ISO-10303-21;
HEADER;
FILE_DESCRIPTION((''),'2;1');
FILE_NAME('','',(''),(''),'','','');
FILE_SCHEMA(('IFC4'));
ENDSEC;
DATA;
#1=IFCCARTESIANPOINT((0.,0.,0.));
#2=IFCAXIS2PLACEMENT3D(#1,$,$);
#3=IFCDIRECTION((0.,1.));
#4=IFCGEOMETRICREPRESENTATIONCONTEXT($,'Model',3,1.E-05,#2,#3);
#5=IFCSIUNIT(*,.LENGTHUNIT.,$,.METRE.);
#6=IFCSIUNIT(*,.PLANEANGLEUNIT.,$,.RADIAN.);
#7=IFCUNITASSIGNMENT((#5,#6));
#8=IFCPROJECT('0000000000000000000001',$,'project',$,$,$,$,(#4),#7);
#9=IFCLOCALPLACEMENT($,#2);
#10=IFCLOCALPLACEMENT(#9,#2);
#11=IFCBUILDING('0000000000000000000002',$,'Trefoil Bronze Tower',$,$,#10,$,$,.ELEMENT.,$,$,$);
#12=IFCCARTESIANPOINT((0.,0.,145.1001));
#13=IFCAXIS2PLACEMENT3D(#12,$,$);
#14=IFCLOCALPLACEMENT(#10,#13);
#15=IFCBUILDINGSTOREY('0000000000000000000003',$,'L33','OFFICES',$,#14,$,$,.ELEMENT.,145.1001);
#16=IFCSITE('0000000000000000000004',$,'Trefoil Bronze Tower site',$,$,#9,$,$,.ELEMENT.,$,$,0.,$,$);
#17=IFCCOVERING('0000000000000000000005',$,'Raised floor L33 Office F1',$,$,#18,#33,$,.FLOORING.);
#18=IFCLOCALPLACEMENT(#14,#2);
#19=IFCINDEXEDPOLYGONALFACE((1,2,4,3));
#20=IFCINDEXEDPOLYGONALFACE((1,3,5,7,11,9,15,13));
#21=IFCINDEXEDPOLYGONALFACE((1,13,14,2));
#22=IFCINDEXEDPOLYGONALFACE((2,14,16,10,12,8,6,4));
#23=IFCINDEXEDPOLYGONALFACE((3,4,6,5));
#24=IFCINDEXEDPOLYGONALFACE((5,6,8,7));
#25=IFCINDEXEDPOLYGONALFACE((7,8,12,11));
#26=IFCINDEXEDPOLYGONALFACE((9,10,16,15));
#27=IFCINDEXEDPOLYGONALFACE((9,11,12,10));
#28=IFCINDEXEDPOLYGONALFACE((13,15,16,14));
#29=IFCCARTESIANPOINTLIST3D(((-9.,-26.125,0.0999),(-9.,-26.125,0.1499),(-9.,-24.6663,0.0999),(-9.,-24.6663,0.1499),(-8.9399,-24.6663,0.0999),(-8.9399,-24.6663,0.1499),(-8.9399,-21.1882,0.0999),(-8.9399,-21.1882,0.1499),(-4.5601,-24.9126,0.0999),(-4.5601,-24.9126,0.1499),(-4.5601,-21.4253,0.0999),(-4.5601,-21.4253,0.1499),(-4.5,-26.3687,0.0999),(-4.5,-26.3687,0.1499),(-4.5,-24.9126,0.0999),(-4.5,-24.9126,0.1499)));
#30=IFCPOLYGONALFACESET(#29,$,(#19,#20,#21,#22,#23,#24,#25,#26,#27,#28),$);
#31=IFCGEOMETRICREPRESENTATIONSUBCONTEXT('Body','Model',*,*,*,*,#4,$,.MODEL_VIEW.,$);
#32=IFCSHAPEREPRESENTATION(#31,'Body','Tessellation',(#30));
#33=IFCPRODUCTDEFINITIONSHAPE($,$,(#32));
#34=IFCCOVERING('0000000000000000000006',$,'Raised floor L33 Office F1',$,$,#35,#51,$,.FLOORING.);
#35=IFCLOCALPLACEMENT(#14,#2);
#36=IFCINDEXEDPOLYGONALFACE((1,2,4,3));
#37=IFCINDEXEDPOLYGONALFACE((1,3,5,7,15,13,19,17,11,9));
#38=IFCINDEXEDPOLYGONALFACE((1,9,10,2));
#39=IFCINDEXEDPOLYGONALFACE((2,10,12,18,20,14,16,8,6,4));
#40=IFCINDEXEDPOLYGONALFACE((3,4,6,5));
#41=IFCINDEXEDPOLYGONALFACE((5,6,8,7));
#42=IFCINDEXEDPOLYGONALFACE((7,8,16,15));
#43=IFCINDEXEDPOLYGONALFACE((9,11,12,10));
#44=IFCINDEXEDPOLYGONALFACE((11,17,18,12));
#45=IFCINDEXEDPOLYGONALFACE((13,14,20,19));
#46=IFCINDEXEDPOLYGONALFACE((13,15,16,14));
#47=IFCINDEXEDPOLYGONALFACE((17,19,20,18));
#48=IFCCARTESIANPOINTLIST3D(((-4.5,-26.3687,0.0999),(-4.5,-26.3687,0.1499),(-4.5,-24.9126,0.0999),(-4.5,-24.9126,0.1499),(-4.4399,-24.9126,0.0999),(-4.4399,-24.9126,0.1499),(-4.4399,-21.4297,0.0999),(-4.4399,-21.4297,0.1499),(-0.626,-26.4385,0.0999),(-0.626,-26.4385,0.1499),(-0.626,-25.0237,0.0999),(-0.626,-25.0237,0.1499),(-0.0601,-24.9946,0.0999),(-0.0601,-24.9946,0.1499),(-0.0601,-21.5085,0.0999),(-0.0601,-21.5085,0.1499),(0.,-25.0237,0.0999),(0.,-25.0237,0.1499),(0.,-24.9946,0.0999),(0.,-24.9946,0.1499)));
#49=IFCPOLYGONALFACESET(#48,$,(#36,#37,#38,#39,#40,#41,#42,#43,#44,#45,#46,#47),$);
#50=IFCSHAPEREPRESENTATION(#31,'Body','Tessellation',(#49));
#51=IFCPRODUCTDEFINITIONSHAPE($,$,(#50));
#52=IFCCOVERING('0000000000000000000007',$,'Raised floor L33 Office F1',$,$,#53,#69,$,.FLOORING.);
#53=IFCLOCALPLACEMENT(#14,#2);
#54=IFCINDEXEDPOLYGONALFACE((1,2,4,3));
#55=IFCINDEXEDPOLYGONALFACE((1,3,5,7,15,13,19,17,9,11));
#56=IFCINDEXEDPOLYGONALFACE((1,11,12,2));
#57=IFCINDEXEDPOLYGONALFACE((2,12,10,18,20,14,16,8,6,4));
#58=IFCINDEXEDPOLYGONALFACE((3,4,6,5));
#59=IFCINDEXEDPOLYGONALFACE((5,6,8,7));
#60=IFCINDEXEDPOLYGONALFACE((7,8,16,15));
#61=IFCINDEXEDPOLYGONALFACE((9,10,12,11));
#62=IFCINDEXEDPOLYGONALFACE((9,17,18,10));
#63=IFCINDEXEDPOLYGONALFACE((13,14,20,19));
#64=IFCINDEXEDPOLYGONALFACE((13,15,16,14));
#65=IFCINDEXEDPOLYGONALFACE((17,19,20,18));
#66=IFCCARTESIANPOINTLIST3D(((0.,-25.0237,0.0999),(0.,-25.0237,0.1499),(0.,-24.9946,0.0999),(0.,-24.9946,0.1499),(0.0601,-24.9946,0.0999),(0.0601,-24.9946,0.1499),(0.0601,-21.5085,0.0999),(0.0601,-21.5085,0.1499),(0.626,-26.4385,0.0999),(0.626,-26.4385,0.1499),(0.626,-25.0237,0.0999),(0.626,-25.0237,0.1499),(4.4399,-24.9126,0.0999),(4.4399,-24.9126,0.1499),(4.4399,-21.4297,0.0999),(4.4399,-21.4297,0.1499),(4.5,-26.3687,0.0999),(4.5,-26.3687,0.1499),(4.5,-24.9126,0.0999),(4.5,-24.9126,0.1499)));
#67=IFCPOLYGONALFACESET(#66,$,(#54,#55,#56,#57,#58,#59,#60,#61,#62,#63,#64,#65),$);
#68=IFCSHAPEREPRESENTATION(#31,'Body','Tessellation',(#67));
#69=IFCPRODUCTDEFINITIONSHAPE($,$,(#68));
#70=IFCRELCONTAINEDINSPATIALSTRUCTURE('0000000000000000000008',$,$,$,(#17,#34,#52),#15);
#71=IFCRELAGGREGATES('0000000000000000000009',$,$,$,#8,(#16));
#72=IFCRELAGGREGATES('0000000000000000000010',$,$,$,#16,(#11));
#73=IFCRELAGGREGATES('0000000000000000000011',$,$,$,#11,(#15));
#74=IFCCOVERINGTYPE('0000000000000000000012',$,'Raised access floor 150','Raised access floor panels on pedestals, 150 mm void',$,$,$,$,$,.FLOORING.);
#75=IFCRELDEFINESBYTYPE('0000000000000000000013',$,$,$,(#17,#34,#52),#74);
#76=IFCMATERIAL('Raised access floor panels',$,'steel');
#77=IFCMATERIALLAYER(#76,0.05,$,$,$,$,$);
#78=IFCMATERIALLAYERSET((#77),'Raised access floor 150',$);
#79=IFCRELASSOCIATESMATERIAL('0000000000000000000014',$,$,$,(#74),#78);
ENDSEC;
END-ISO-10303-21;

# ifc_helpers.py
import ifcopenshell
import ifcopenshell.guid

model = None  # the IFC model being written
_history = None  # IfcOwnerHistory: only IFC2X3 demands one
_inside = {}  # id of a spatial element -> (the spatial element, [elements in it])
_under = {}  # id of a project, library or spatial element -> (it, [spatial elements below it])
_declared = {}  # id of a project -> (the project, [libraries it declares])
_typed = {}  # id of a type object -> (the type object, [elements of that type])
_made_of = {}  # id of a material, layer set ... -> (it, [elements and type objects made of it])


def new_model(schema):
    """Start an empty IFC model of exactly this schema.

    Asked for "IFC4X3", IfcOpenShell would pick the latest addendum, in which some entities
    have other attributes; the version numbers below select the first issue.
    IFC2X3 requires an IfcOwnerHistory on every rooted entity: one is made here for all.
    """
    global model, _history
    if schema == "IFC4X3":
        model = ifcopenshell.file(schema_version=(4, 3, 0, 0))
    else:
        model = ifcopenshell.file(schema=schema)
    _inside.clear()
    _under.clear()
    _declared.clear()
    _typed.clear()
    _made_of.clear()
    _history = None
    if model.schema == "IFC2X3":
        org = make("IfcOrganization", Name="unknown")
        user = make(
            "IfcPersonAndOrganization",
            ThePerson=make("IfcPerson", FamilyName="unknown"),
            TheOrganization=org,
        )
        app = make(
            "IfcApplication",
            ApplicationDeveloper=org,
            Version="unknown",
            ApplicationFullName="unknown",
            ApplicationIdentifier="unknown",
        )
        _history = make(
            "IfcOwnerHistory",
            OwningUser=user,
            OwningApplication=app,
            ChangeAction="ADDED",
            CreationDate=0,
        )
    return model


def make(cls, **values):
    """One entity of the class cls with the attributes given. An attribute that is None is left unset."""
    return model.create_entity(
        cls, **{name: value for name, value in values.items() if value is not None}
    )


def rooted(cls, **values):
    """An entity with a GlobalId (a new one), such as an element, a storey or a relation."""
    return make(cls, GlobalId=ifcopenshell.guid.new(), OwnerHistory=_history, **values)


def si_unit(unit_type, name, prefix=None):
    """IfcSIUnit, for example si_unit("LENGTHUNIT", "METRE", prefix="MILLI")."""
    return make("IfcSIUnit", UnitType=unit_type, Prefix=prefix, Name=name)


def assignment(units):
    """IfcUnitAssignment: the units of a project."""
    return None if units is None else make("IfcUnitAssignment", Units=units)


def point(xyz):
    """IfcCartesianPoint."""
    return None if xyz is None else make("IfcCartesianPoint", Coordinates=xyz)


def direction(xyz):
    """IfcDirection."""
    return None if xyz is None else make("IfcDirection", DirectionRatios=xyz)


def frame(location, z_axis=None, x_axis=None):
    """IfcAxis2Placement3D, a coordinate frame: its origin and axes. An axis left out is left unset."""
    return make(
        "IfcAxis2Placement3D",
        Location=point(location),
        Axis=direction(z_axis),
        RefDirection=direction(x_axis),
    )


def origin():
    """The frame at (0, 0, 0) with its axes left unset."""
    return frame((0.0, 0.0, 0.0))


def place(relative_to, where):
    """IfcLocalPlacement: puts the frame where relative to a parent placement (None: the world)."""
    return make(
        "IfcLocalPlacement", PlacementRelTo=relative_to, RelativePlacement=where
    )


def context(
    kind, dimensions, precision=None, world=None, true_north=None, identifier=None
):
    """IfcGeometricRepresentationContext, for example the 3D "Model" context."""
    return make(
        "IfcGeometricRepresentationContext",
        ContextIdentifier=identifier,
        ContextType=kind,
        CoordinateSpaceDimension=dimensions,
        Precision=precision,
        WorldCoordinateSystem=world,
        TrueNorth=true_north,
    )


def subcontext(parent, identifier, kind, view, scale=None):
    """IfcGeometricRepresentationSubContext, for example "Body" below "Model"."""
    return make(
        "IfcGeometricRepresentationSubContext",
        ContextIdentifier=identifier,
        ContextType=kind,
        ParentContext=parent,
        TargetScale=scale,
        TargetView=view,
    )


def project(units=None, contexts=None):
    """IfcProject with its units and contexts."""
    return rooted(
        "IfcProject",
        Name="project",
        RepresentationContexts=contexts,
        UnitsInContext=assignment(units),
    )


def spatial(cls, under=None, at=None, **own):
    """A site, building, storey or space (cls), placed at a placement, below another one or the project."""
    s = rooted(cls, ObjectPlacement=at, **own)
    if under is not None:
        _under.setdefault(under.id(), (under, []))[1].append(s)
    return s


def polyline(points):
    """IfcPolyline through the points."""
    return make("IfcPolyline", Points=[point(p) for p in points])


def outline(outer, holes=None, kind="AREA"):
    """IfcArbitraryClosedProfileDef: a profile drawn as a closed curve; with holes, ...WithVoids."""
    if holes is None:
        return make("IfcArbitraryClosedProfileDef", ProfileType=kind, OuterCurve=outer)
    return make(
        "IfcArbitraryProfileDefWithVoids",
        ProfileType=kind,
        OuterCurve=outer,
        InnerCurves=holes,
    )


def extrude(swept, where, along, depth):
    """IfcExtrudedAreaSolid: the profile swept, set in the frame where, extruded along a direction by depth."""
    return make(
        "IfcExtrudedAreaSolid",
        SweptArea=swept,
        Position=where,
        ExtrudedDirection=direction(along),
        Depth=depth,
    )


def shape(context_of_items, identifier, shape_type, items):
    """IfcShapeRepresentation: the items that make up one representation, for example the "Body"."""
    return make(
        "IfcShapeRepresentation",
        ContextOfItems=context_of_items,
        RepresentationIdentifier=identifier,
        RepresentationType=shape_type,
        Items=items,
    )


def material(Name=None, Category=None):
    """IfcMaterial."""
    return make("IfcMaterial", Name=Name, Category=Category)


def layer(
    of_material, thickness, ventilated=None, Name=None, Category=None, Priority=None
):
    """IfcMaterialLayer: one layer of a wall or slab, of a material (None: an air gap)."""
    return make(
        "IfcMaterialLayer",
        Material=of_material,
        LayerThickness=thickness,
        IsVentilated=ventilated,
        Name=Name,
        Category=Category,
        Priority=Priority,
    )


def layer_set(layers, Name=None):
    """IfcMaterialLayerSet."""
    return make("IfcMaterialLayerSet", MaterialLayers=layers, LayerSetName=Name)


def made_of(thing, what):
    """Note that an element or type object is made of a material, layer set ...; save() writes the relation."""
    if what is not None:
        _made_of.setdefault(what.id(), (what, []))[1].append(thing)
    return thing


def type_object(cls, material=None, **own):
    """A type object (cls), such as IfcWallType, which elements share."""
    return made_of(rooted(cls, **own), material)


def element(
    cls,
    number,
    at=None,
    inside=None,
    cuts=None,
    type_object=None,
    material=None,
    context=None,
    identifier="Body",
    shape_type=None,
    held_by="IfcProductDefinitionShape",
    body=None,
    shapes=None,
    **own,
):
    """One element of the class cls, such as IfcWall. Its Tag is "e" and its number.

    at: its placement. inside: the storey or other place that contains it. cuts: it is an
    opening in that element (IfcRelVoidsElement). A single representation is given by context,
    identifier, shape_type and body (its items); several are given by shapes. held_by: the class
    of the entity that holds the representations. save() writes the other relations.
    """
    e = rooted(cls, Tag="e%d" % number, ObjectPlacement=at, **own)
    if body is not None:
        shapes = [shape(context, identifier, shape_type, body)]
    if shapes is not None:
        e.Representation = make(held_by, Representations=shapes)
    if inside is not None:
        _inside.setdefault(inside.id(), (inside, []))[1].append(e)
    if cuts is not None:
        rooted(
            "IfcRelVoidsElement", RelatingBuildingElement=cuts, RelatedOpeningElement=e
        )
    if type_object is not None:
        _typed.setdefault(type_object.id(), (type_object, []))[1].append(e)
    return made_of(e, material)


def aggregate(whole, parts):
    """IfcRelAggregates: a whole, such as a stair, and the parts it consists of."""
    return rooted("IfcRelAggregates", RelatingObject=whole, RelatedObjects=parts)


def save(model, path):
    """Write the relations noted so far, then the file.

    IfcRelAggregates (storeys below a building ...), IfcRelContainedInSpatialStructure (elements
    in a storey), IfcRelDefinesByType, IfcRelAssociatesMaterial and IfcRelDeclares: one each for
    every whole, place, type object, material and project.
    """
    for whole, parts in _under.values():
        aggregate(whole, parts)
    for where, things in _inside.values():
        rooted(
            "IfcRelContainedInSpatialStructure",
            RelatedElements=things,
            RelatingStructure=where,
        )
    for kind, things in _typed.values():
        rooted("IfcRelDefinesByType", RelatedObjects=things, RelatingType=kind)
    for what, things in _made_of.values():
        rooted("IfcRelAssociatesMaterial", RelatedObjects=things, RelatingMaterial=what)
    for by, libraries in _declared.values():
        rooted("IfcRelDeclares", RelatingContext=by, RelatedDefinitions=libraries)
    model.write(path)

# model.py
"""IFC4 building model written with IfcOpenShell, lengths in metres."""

from ifc_helpers import new_model, si_unit, direction, frame, origin, place, context, subcontext, project, spatial, polyline, outline, extrude, material, layer, layer_set, type_object, element, save


model = new_model("IFC4")

# Units and contexts
model_context = context("Model", 3, precision=1e-05, world=origin(), true_north=direction((0.0, 1.0)))
body_context = subcontext(model_context, "Body", "Model", "MODEL_VIEW")
ifc_project = project(units=[si_unit("LENGTHUNIT", "METRE"), si_unit("PLANEANGLEUNIT", "RADIAN")], contexts=[model_context])

# Site, building, storey
site_placement = place(None, origin())
site = spatial("IfcSite", under=ifc_project, at=site_placement, Name="Trefoil Bronze Tower site", CompositionType="ELEMENT", RefElevation=0.0)
building_placement = place(site_placement, origin())
building = spatial("IfcBuilding", under=site, at=building_placement, Name="Trefoil Bronze Tower", CompositionType="ELEMENT")
storey_placement = place(building_placement, frame((0.0, 0.0, 145.1001)))
storey = spatial("IfcBuildingStorey", under=building, at=storey_placement, Name="L33", Description="OFFICES", CompositionType="ELEMENT", Elevation=145.1001)

# Coverings
ifc_material_1 = material(Name="Raised access floor panels", Category="steel")
ifc_layer_1 = layer(ifc_material_1, 0.05)
ifc_layer_set_1 = layer_set([ifc_layer_1], Name="Raised access floor 150")
covering_type_1 = type_object("IfcCoveringType", Name="Raised access floor 150", Description="Raised access floor panels on pedestals, 150 mm void", PredefinedType="FLOORING", material=ifc_layer_set_1)
covering_1_placement = place(storey_placement, frame((0.0, 0.0, 0.0999)))
element("IfcCovering", 1, at=covering_1_placement, inside=storey, type_object=covering_type_1, Name="Raised floor L33 Office F1", PredefinedType="FLOORING", context=body_context, shape_type="SweptSolid", body=[
    extrude(outline(polyline([(-9.0, -24.6663), (-8.9399, -24.6663), (-8.9399, -21.1882), (-4.5601, -21.4253), (-4.5601, -24.9126), (-4.5, -24.9126), (-4.5, -26.3687), (-9.0, -26.125), (-9.0, -24.6663)])), origin(), (0.0, 0.0, 1.0), 0.05),
])
covering_2_placement = place(storey_placement, frame((0.0, 0.0, 0.0999)))
element("IfcCovering", 2, at=covering_2_placement, inside=storey, type_object=covering_type_1, Name="Raised floor L33 Office F1", PredefinedType="FLOORING", context=body_context, shape_type="SweptSolid", body=[
    extrude(outline(polyline([(-4.5, -24.9126), (-4.4399, -24.9126), (-4.4399, -21.4297), (-0.0601, -21.5085), (-0.0601, -24.9946), (0.0, -24.9946), (0.0, -25.0237), (-0.626, -25.0237), (-0.626, -26.4385), (-4.5, -26.3687), (-4.5, -24.9126)])), origin(), (0.0, 0.0, 1.0), 0.05),
])
covering_3_placement = place(storey_placement, frame((0.0, 0.0, 0.0999)))
element("IfcCovering", 3, at=covering_3_placement, inside=storey, type_object=covering_type_1, Name="Raised floor L33 Office F1", PredefinedType="FLOORING", context=body_context, shape_type="SweptSolid", body=[
    extrude(outline(polyline([(0.0, -24.9946), (0.0601, -24.9946), (0.0601, -21.5085), (4.4399, -21.4297), (4.4399, -24.9126), (4.5, -24.9126), (4.5, -26.3687), (0.626, -26.4385), (0.626, -25.0237), (0.0, -25.0237), (0.0, -24.9946)])), origin(), (0.0, 0.0, 1.0), 0.05),
])

save(model, "model.ifc")
